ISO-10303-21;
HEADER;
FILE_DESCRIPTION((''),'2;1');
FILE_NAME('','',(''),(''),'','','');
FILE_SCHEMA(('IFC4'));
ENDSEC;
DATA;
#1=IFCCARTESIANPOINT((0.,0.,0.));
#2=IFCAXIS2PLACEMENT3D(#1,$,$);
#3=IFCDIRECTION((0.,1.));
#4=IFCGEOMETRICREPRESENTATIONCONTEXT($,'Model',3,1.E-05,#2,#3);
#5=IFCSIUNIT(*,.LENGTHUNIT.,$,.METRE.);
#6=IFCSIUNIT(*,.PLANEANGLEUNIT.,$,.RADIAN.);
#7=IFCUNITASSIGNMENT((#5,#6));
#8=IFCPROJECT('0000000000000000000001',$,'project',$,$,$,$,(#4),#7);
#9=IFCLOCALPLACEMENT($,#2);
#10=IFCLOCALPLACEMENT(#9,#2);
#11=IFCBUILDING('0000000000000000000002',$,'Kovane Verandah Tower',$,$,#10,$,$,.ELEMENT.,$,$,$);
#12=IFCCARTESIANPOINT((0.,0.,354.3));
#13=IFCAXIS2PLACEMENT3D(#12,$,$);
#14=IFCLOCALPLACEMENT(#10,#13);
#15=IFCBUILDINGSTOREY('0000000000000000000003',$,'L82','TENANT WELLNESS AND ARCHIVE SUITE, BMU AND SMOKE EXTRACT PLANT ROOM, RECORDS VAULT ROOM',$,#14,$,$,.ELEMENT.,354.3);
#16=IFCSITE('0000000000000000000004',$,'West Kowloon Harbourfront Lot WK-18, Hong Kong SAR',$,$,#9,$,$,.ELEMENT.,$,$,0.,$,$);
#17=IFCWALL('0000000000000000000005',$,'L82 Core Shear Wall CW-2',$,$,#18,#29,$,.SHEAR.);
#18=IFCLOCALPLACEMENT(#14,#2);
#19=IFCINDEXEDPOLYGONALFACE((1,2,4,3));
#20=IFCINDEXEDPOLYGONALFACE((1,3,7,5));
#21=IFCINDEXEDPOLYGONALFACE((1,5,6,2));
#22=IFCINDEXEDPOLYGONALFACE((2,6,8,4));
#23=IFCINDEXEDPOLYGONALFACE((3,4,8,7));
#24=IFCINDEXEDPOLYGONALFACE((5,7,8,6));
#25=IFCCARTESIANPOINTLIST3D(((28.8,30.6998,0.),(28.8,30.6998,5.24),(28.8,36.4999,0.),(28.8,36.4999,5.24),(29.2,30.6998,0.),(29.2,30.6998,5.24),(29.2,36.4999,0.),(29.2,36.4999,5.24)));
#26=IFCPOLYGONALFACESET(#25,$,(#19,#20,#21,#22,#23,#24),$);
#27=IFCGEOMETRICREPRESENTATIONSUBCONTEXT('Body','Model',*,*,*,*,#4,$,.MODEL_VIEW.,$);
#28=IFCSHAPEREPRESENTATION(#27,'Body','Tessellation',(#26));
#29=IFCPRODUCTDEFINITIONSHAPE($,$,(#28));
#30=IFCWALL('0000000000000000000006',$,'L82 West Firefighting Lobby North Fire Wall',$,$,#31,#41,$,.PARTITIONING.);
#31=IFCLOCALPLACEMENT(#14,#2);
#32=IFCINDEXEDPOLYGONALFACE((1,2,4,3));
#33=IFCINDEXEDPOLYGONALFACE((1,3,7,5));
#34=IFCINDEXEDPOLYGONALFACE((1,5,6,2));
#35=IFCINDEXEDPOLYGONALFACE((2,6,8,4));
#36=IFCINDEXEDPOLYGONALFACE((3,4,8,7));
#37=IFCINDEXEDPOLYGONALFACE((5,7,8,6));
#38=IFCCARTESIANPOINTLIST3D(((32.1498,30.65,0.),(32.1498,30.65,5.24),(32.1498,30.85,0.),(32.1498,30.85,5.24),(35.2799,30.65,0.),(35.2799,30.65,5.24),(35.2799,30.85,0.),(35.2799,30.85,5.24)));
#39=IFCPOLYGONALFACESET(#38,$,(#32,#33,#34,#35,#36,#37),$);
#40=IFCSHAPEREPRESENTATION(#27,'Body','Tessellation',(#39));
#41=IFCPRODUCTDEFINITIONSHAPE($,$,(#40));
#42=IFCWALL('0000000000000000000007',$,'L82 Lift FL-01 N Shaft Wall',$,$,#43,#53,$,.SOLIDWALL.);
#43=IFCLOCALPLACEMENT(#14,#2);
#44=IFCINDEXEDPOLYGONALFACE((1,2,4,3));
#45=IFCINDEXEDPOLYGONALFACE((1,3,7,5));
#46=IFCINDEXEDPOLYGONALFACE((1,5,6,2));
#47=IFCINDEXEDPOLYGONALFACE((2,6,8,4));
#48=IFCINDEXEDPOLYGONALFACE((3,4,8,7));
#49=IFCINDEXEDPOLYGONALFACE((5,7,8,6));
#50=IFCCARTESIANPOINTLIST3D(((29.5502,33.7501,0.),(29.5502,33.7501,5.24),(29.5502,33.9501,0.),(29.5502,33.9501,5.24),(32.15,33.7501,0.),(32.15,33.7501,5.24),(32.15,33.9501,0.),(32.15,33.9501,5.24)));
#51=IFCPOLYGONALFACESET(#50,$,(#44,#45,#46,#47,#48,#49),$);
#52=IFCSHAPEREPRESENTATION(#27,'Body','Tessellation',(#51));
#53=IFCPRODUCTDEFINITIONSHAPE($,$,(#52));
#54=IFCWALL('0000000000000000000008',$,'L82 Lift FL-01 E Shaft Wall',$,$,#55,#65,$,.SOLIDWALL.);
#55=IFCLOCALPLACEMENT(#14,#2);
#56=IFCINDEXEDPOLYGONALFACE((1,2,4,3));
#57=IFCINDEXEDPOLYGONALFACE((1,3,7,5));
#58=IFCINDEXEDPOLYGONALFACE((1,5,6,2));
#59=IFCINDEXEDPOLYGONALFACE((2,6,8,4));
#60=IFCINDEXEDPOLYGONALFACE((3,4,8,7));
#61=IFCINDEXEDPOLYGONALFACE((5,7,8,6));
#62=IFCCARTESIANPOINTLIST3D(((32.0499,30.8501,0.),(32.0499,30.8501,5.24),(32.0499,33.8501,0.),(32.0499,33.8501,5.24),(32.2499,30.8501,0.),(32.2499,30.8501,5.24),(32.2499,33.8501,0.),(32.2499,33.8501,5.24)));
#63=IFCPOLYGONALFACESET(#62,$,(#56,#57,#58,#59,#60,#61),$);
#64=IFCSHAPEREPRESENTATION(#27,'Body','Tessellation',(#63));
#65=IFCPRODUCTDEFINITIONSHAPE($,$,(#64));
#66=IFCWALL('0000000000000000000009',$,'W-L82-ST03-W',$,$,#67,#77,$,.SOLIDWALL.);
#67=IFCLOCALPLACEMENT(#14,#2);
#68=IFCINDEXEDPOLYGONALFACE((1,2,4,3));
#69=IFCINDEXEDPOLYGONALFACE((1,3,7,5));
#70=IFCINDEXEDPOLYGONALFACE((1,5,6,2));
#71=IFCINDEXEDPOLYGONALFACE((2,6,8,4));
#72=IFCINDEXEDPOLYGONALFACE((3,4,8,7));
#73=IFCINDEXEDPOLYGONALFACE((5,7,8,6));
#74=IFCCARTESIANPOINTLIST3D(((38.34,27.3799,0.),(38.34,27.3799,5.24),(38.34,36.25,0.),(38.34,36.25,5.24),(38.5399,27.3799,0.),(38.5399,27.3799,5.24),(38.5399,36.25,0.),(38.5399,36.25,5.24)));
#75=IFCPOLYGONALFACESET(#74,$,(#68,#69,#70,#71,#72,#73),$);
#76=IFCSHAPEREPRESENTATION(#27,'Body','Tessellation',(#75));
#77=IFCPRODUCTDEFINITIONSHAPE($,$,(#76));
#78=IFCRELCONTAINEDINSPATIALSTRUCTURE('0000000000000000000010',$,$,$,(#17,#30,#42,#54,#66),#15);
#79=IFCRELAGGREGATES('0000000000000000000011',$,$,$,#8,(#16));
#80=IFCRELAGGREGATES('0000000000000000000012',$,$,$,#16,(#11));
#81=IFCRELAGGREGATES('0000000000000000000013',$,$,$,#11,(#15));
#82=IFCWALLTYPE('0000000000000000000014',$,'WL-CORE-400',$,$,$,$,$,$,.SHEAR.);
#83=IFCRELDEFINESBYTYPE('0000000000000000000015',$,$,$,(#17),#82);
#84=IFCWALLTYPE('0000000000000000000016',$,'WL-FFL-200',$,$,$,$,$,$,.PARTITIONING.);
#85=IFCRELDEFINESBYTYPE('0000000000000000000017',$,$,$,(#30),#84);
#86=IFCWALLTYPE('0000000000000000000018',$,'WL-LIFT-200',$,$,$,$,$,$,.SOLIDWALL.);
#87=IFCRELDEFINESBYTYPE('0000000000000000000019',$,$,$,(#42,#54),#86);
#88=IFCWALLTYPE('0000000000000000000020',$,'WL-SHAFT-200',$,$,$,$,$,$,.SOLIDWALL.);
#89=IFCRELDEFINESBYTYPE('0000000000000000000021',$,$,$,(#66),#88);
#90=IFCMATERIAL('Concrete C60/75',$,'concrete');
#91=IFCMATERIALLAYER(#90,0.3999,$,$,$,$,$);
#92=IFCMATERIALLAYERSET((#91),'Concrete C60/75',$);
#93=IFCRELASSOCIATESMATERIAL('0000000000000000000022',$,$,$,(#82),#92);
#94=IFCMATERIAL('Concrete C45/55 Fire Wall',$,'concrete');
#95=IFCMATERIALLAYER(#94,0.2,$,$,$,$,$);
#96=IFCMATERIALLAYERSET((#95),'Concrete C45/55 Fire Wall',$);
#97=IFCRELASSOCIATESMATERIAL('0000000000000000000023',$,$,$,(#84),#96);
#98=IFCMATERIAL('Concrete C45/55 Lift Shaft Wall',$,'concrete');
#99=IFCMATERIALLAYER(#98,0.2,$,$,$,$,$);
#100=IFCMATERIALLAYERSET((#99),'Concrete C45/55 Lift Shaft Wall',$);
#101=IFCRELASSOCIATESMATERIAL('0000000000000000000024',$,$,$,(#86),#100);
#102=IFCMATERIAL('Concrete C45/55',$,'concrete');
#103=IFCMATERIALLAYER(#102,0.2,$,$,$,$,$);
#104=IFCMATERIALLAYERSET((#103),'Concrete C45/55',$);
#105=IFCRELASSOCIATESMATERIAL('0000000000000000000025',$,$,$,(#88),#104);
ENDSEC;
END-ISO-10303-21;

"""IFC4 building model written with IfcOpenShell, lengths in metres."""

from ifc_helpers import new_model, si_unit, direction, frame, frame_2d, origin, place, context, subcontext, project, spatial, rectangle, extrude, material, layer, layer_set, type_object, element, save


model = new_model("IFC4")

# Units and contexts
model_context = context("Model", 3, precision=1e-05, world=origin(), true_north=direction((0.0, 1.0)))
body_context = subcontext(model_context, "Body", "Model", "MODEL_VIEW")
ifc_project = project(units=[si_unit("LENGTHUNIT", "METRE"), si_unit("PLANEANGLEUNIT", "RADIAN")], contexts=[model_context])

# Site, building, storey
site_placement = place(None, origin())
site = spatial("IfcSite", under=ifc_project, at=site_placement, Name="West Kowloon Harbourfront Lot WK-18, Hong Kong SAR", CompositionType="ELEMENT", RefElevation=0.0)
building_placement = place(site_placement, origin())
building = spatial("IfcBuilding", under=site, at=building_placement, Name="Kovane Verandah Tower", CompositionType="ELEMENT")
storey_placement = place(building_placement, frame((0.0, 0.0, 354.3)))
storey = spatial("IfcBuildingStorey", under=building, at=storey_placement, Name="L82", Description="TENANT WELLNESS AND ARCHIVE SUITE, BMU AND SMOKE EXTRACT PLANT ROOM, RECORDS VAULT ROOM", CompositionType="ELEMENT", Elevation=354.3)

# Shared definitions
ifc_material_1 = material(Name="Concrete C60/75", Category="concrete")

# Shared definitions
ifc_layer_1 = layer(ifc_material_1, 0.3999)
ifc_layer_set_1 = layer_set([ifc_layer_1], Name="Concrete C60/75")
wall_type_1 = type_object("IfcWallType", Name="WL-CORE-400", PredefinedType="SHEAR", material=ifc_layer_set_1)

# Wall
wall_1_placement = place(storey_placement, frame((29.0, 30.7, 0.0), z_axis=(0.0, 0.0, 1.0), x_axis=(0.0, 1.0, 0.0)))
element("IfcWall", 1, at=wall_1_placement, inside=storey, type_object=wall_type_1, Name="L82 Core Shear Wall CW-2", PredefinedType="SHEAR", context=body_context, shape_type="SweptSolid", body=[
    extrude(rectangle(XDim=5.8, YDim=0.3999, at=frame_2d((2.8999, 0.0))), origin(), (0.0, 0.0, 1.0), 5.24),
])

# Shared definitions
ifc_material_2 = material(Name="Concrete C45/55 Fire Wall", Category="concrete")
ifc_layer_2 = layer(ifc_material_2, 0.2)
ifc_layer_set_2 = layer_set([ifc_layer_2], Name="Concrete C45/55 Fire Wall")
wall_type_2 = type_object("IfcWallType", Name="WL-FFL-200", PredefinedType="PARTITIONING", material=ifc_layer_set_2)

# Wall
wall_2_placement = place(storey_placement, frame((32.1499, 30.75, 0.0), z_axis=(0.0, 0.0, 1.0), x_axis=(1.0, 0.0, 0.0)))
element("IfcWall", 2, at=wall_2_placement, inside=storey, type_object=wall_type_2, Name="L82 West Firefighting Lobby North Fire Wall", PredefinedType="PARTITIONING", context=body_context, shape_type="SweptSolid", body=[
    extrude(rectangle(XDim=3.1301, YDim=0.2, at=frame_2d((1.5649, 0.0))), origin(), (0.0, 0.0, 1.0), 5.24),
])

# Shared definitions
ifc_material_3 = material(Name="Concrete C45/55 Lift Shaft Wall", Category="concrete")
ifc_layer_3 = layer(ifc_material_3, 0.2)
ifc_layer_set_3 = layer_set([ifc_layer_3], Name="Concrete C45/55 Lift Shaft Wall")
wall_type_3 = type_object("IfcWallType", Name="WL-LIFT-200", PredefinedType="SOLIDWALL", material=ifc_layer_set_3)

# Walls
wall_3_placement = place(storey_placement, frame((32.1499, 33.8501, 0.0), z_axis=(0.0, 0.0, 1.0), x_axis=(-1.0, 0.0, 0.0)))
element("IfcWall", 3, at=wall_3_placement, inside=storey, type_object=wall_type_3, Name="L82 Lift FL-01 N Shaft Wall", PredefinedType="SOLIDWALL", context=body_context, shape_type="SweptSolid", body=[
    extrude(rectangle(XDim=2.5999, YDim=0.2, at=frame_2d((1.2998, 0.0))), origin(), (0.0, 0.0, 1.0), 5.24),
])
wall_4_placement = place(storey_placement, frame((32.1499, 30.8501, 0.0), z_axis=(0.0, 0.0, 1.0), x_axis=(0.0, 1.0, 0.0)))
element("IfcWall", 4, at=wall_4_placement, inside=storey, type_object=wall_type_3, Name="L82 Lift FL-01 E Shaft Wall", PredefinedType="SOLIDWALL", context=body_context, shape_type="SweptSolid", body=[
    extrude(rectangle(XDim=3.0, YDim=0.2, at=frame_2d((1.5, 0.0))), origin(), (0.0, 0.0, 1.0), 5.24),
])
ifc_material_4 = material(Name="Concrete C45/55", Category="concrete")
ifc_layer_4 = layer(ifc_material_4, 0.2)
ifc_layer_set_4 = layer_set([ifc_layer_4], Name="Concrete C45/55")
wall_type_4 = type_object("IfcWallType", Name="WL-SHAFT-200", PredefinedType="SOLIDWALL", material=ifc_layer_set_4)
wall_5_placement = place(storey_placement, frame((38.4399, 27.3799, 0.0), z_axis=(0.0, 0.0, 1.0), x_axis=(0.0, 1.0, 0.0)))
element("IfcWall", 5, at=wall_5_placement, inside=storey, type_object=wall_type_4, Name="W-L82-ST03-W", PredefinedType="SOLIDWALL", context=body_context, shape_type="SweptSolid", body=[
    extrude(rectangle(XDim=8.8701, YDim=0.2, at=frame_2d((4.4351, 0.0))), origin(), (0.0, 0.0, 1.0), 5.24),
])

save(model, "model.ifc")
